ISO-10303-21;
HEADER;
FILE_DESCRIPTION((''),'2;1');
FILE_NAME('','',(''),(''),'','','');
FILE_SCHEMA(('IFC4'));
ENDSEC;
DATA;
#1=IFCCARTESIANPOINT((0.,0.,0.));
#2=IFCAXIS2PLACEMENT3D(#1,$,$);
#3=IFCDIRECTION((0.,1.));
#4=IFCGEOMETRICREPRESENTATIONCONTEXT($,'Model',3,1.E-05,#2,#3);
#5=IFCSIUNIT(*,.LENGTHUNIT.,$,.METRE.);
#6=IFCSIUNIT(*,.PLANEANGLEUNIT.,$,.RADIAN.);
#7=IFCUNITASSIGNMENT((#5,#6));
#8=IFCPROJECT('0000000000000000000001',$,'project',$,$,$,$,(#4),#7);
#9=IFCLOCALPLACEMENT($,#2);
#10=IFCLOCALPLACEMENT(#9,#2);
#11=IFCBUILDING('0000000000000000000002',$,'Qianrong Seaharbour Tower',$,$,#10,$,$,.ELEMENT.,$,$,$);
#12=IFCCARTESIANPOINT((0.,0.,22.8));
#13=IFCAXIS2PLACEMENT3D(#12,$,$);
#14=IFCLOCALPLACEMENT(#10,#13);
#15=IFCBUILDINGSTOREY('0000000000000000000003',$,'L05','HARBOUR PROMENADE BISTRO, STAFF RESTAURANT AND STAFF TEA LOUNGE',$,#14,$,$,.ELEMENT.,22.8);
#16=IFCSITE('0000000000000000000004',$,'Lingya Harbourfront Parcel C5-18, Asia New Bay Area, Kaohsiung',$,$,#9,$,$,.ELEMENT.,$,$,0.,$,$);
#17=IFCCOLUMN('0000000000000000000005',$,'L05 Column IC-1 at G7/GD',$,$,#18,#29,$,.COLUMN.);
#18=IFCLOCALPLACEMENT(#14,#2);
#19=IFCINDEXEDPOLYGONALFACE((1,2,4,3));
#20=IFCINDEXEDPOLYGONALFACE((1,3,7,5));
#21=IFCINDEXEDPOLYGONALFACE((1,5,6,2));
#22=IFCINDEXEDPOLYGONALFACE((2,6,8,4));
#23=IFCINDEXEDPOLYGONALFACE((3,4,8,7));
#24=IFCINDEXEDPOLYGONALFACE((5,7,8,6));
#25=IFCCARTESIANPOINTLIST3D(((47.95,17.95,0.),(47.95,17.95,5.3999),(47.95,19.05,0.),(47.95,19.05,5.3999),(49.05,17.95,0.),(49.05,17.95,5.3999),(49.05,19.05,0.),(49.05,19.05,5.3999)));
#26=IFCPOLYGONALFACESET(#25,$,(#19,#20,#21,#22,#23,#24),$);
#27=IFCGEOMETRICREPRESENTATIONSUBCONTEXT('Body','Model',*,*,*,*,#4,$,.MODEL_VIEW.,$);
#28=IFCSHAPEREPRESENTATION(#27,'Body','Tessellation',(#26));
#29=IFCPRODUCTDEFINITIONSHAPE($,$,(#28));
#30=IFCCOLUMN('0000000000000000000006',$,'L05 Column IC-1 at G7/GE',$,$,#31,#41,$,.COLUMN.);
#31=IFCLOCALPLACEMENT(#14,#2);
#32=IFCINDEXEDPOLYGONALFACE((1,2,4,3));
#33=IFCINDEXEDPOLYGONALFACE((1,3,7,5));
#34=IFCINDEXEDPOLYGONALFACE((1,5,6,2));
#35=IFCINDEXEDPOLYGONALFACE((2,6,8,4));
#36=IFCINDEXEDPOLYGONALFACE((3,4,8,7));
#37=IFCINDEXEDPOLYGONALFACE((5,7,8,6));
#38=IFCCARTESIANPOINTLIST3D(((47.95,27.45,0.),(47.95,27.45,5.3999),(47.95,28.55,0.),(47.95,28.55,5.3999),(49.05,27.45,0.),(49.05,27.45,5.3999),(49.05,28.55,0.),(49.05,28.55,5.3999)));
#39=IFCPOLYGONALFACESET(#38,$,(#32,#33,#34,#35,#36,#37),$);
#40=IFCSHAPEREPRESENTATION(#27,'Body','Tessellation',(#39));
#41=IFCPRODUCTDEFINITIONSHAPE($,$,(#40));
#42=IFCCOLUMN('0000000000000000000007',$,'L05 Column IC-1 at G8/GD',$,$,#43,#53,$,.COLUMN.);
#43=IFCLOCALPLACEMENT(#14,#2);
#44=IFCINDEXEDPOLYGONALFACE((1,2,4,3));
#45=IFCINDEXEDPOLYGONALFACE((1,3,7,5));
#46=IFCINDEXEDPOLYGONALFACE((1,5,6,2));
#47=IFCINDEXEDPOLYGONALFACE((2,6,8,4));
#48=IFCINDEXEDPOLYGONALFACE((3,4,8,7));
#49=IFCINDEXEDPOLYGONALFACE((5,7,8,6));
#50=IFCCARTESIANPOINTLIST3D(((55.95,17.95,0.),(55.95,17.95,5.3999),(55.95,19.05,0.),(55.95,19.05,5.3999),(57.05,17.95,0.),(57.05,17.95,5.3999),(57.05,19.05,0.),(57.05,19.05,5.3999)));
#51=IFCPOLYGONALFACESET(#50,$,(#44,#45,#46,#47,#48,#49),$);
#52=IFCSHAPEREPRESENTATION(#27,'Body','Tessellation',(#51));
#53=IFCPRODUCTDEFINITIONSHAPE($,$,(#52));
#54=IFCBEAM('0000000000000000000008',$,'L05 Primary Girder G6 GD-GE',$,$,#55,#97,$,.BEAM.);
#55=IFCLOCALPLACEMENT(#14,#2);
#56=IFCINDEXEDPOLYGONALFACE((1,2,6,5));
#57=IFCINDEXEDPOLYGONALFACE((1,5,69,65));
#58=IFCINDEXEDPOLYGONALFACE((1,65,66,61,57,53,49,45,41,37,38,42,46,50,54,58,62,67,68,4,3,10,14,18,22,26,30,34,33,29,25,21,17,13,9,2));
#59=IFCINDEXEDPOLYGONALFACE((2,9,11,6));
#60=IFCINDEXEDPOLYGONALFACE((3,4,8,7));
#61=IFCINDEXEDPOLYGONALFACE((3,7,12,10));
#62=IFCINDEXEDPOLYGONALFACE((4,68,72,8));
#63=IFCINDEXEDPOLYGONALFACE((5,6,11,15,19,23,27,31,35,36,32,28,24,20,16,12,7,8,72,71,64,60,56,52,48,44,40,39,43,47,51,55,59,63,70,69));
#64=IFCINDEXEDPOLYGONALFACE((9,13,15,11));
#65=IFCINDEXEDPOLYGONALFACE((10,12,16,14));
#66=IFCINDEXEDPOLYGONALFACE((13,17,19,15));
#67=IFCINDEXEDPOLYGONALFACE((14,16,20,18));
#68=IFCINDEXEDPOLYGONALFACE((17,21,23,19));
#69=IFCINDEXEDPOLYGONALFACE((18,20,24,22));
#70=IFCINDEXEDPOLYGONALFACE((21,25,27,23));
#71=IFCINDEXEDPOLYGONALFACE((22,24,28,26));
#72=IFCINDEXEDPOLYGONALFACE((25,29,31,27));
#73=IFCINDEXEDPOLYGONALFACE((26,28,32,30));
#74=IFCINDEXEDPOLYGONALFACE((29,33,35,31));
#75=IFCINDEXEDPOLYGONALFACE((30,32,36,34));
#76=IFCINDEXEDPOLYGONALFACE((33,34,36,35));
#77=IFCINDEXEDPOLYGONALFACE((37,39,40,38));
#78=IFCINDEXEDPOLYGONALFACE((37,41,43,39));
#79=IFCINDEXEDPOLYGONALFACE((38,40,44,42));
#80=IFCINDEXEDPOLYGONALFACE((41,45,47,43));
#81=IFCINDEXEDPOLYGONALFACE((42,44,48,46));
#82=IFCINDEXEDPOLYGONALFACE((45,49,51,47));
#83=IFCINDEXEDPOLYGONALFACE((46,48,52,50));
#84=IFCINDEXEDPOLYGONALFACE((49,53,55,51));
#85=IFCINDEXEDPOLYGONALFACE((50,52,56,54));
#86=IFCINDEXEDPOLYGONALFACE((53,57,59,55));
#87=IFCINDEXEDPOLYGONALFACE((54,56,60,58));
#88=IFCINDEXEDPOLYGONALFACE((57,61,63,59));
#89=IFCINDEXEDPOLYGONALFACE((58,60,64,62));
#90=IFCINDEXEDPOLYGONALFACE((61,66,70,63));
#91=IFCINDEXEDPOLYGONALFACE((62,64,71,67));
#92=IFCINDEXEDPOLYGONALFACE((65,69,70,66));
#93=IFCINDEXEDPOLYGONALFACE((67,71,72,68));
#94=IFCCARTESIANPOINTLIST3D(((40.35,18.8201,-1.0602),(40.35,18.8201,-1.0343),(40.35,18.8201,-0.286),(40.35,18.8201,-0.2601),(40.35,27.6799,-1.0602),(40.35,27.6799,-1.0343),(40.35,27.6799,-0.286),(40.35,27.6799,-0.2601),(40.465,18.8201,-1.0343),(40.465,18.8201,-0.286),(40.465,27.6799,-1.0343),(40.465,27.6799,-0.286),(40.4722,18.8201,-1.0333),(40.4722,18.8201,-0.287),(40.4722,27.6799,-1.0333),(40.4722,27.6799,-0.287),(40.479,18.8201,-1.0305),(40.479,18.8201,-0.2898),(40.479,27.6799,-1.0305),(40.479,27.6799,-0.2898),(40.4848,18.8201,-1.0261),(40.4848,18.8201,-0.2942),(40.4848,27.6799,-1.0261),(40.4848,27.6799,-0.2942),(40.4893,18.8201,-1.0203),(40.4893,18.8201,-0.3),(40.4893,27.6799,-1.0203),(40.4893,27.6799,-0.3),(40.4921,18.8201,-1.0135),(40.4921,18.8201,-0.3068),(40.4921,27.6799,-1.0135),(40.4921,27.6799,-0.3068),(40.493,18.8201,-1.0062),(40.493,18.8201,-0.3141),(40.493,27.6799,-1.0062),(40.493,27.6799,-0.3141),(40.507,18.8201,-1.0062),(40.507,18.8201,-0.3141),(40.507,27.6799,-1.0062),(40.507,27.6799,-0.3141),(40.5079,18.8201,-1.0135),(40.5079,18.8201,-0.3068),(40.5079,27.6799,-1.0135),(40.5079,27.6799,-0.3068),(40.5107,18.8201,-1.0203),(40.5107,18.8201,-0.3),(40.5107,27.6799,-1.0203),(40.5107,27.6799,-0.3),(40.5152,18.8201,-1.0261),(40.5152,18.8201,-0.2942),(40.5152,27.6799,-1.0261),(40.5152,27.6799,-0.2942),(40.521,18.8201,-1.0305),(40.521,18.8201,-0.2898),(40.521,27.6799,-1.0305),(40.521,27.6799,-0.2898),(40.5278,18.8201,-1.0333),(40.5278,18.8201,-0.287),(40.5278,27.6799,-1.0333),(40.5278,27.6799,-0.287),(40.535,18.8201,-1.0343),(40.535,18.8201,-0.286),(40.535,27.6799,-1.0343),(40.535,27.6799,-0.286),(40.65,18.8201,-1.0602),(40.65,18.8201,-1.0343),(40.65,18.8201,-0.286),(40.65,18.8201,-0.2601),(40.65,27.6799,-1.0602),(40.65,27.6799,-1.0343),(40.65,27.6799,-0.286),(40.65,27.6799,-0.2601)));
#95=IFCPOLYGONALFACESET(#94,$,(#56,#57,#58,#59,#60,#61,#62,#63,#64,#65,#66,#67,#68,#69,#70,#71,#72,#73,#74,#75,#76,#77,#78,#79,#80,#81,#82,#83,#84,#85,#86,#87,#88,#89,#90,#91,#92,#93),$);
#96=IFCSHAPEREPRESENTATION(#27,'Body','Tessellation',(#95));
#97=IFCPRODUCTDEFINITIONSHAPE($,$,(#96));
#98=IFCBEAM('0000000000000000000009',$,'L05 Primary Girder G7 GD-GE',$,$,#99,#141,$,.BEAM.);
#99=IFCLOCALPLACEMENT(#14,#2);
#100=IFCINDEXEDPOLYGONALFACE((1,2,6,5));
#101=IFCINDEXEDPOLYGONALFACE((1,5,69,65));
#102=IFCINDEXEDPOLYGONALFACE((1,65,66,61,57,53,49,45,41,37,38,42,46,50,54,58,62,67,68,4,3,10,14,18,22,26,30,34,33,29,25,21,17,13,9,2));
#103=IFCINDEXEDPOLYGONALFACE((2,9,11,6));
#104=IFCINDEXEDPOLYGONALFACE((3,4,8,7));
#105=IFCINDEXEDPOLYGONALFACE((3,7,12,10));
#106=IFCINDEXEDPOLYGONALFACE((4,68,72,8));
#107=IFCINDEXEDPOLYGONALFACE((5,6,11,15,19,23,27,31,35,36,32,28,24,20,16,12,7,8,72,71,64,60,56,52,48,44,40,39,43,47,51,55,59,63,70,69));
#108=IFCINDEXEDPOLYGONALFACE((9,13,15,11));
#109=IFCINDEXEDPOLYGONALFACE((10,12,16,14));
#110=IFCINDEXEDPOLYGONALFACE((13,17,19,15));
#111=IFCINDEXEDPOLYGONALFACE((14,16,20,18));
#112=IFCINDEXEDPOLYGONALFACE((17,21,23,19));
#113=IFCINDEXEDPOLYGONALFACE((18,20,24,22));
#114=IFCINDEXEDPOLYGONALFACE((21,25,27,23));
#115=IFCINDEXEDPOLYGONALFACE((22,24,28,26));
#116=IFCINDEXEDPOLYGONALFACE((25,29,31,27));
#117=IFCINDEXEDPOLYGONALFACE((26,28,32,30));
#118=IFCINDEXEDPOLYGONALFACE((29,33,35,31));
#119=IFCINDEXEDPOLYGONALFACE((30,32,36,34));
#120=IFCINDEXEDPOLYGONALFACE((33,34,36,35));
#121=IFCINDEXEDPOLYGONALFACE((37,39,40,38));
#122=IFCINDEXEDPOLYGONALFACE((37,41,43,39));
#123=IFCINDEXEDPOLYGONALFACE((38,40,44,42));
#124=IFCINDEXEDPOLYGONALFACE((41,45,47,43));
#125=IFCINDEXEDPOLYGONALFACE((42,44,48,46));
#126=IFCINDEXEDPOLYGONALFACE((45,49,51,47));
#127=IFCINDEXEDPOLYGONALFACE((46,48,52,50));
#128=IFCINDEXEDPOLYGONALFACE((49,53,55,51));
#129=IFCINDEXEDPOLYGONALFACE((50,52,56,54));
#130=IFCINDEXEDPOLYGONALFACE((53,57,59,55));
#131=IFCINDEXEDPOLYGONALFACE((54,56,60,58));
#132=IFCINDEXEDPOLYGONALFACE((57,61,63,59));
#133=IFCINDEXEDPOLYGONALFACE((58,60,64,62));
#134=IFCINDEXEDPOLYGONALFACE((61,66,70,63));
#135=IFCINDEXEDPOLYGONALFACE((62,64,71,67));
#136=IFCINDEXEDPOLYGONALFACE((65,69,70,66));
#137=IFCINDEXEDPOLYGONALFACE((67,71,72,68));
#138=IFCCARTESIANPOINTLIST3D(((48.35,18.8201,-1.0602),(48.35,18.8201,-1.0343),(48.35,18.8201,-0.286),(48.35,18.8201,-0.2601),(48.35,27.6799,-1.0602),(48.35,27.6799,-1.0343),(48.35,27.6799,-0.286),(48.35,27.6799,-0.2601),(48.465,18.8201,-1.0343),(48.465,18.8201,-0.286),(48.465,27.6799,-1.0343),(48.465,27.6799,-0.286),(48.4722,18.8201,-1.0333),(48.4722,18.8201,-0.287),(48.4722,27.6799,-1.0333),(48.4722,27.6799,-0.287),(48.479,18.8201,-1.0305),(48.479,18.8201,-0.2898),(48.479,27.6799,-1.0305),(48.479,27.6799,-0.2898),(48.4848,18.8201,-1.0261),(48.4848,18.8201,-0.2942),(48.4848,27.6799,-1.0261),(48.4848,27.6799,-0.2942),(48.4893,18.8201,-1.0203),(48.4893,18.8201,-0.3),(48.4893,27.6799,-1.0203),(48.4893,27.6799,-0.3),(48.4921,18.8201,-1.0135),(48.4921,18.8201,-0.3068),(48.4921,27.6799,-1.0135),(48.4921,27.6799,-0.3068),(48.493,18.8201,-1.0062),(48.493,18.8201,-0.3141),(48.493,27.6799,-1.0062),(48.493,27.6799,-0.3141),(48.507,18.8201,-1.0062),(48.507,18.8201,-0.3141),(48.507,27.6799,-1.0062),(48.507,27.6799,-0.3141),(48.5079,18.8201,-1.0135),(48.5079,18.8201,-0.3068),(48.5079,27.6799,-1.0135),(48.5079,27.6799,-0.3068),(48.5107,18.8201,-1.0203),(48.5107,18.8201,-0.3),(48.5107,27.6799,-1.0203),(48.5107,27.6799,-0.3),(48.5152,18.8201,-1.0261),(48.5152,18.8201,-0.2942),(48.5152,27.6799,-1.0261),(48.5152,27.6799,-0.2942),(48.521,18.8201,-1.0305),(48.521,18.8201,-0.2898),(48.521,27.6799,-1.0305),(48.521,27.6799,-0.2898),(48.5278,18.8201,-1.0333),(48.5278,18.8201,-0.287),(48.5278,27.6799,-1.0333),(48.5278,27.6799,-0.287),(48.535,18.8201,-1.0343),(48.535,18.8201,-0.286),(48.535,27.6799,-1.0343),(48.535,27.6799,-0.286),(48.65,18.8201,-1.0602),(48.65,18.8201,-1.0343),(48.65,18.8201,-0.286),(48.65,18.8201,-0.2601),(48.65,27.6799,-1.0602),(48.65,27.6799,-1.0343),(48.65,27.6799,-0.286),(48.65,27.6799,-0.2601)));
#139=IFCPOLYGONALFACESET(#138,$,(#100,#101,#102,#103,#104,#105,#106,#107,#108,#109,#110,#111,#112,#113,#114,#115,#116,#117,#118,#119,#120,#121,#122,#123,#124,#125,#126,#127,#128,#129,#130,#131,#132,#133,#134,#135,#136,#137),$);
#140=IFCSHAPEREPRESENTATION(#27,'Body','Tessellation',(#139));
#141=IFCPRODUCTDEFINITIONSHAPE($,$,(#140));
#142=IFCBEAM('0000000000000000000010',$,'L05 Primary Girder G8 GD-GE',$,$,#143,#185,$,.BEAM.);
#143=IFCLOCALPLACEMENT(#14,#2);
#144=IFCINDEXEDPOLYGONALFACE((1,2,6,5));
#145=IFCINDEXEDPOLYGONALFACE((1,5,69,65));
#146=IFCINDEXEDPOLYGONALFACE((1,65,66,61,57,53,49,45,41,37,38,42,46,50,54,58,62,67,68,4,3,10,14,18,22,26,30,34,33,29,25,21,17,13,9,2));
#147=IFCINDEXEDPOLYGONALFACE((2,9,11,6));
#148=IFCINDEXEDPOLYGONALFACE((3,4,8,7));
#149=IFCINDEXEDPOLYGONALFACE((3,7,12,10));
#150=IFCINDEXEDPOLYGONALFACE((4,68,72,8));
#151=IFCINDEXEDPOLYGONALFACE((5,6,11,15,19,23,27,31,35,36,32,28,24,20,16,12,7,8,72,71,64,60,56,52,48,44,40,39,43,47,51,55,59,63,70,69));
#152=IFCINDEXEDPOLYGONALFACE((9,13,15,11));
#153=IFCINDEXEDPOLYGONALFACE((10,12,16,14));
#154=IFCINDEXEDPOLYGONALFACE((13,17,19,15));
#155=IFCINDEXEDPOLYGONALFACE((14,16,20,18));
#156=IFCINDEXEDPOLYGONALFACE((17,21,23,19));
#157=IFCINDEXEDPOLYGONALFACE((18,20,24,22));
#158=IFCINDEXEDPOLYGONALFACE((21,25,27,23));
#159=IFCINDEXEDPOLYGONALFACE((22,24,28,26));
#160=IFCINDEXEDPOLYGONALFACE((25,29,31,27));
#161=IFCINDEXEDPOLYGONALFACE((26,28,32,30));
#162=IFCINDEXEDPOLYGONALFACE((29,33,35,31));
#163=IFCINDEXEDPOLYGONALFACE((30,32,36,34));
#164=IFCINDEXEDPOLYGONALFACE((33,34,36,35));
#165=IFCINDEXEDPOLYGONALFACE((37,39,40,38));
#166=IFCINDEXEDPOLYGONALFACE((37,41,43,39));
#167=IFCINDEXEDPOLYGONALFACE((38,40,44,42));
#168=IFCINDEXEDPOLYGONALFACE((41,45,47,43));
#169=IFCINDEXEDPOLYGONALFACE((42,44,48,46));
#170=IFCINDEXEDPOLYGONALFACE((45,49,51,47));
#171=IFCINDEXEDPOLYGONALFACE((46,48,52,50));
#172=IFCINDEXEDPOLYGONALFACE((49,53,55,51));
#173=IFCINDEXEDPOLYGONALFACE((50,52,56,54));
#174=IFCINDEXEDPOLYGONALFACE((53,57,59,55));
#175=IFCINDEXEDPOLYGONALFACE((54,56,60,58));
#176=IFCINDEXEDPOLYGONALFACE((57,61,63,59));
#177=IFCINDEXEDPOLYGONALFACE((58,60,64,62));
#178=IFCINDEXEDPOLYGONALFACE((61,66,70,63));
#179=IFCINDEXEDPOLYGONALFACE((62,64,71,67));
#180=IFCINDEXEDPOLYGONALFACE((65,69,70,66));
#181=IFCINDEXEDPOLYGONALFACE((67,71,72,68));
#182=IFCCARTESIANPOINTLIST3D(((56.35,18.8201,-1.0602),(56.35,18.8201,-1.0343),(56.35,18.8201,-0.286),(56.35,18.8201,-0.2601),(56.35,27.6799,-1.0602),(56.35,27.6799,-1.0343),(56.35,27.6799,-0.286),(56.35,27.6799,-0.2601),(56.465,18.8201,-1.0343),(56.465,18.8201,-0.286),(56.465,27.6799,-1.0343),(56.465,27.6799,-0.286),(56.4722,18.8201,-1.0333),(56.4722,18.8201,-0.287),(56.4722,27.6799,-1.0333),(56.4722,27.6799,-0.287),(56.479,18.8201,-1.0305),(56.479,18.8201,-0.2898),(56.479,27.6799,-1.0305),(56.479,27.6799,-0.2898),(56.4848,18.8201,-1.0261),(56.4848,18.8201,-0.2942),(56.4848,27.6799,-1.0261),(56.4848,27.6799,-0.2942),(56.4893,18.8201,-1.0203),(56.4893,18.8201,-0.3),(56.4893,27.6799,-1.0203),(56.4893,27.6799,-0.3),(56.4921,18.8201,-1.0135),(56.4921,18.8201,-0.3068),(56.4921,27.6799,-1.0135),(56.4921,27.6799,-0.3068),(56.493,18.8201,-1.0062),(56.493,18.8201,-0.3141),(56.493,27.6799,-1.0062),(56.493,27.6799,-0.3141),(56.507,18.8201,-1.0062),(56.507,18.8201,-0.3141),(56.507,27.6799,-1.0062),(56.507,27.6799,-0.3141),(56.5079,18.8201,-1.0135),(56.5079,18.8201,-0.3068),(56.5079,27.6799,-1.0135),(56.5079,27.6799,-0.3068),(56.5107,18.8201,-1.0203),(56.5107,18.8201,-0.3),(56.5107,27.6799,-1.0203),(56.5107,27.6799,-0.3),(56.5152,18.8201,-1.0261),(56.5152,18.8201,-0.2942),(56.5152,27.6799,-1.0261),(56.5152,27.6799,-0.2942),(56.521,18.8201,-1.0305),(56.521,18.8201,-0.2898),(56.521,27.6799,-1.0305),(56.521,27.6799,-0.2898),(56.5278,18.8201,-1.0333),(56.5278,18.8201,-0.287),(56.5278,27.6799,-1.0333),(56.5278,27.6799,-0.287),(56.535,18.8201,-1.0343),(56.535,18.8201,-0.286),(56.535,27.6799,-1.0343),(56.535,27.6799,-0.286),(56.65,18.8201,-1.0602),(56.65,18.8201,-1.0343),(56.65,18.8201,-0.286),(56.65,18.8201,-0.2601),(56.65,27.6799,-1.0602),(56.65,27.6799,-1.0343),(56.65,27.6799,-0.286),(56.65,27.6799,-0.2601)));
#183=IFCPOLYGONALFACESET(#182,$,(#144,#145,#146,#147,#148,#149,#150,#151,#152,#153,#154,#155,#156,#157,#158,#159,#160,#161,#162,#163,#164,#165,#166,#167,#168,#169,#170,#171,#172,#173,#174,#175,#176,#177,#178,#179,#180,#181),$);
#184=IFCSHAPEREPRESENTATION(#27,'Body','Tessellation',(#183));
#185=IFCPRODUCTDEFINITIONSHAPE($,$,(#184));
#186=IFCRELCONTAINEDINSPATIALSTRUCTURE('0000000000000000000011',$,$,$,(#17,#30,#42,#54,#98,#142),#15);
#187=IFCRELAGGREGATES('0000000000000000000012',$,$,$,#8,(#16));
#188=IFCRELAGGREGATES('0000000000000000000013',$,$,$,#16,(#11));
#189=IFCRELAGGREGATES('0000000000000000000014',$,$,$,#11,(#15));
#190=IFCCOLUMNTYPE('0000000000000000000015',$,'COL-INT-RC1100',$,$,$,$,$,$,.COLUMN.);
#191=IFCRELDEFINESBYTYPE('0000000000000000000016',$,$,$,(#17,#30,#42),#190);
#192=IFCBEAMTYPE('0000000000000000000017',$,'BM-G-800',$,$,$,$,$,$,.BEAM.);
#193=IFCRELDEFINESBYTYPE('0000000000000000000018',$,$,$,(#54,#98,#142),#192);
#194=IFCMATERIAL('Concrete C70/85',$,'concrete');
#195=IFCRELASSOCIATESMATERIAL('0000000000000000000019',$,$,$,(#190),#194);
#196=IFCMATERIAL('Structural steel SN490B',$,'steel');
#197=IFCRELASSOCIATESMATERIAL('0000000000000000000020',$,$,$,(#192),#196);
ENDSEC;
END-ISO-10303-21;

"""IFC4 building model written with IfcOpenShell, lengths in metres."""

from ifc_helpers import new_model, si_unit, direction, frame, origin, origin_2d, place, context, subcontext, project, spatial, rectangle, i_section, extrude, material, material_profile, profile_set, type_object, element, save


model = new_model("IFC4")

# Units and contexts
model_context = context("Model", 3, precision=1e-05, world=origin(), true_north=direction((0.0, 1.0)))
body_context = subcontext(model_context, "Body", "Model", "MODEL_VIEW")
ifc_project = project(units=[si_unit("LENGTHUNIT", "METRE"), si_unit("PLANEANGLEUNIT", "RADIAN")], contexts=[model_context])

# Site, building, storey
site_placement = place(None, origin())
site = spatial("IfcSite", under=ifc_project, at=site_placement, Name="Lingya Harbourfront Parcel C5-18, Asia New Bay Area, Kaohsiung", CompositionType="ELEMENT", RefElevation=0.0)
building_placement = place(site_placement, origin())
building = spatial("IfcBuilding", under=site, at=building_placement, Name="Qianrong Seaharbour Tower", CompositionType="ELEMENT")
storey_placement = place(building_placement, frame((0.0, 0.0, 22.8)))
storey = spatial("IfcBuildingStorey", under=building, at=storey_placement, Name="L05", Description="HARBOUR PROMENADE BISTRO, STAFF RESTAURANT AND STAFF TEA LOUNGE", CompositionType="ELEMENT", Elevation=22.8)

# Columns
ifc_material_1 = material(Name="Concrete C70/85", Category="concrete")
ifc_material_profile_1 = material_profile(ifc_material_1, rectangle(XDim=1.1001, YDim=1.1001, at=origin_2d()), Name="RC1100x1100")
ifc_profile_set_1 = profile_set([ifc_material_profile_1], Name="Concrete C70/85")
column_type = type_object("IfcColumnType", Name="COL-INT-RC1100", PredefinedType="COLUMN", material=ifc_profile_set_1)
for number, where, z_axis, x_axis, name in (
    (1, (48.5, 18.5, 0.0), (0.0, 0.0, 1.0), (1.0, 0.0, 0.0), "L05 Column IC-1 at G7/GD"),
    (2, (48.5, 28.0, 0.0), (0.0, 0.0, 1.0), (1.0, 0.0, 0.0), "L05 Column IC-1 at G7/GE"),
    (3, (56.5, 18.5, 0.0), (0.0, 0.0, 1.0), (1.0, 0.0, 0.0), "L05 Column IC-1 at G8/GD"),
):
    element("IfcColumn", number, at=place(storey_placement, frame(where, z_axis=z_axis, x_axis=x_axis)), inside=storey, type_object=column_type, Name=name, PredefinedType="COLUMN", context=body_context, shape_type="SweptSolid", body=[
        extrude(rectangle(XDim=1.1001, YDim=1.1001, at=origin_2d()), origin(), (0.0, 0.0, 1.0), 5.3999),
    ])

# Beams
ifc_material_2 = material(Name="Structural steel SN490B", Category="steel")
ifc_material_profile_2 = material_profile(ifc_material_2, i_section(OverallWidth=0.3, OverallDepth=0.8, WebThickness=0.0139, FlangeThickness=0.0259, FilletRadius=0.0281, at=origin_2d()), Name="H800x300x14x26")
ifc_profile_set_2 = profile_set([ifc_material_profile_2], Name="Structural steel SN490B")
beam_type_1 = type_object("IfcBeamType", Name="BM-G-800", PredefinedType="BEAM", material=ifc_profile_set_2)
for number, where, z_axis, x_axis, name in (
    (4, (40.5, 18.8201, -0.6602), (0.0, 1.0, 0.0), (-1.0, 0.0, 0.0), "L05 Primary Girder G6 GD-GE"),
    (5, (48.5, 18.8201, -0.6602), (0.0, 1.0, 0.0), (-1.0, 0.0, 0.0), "L05 Primary Girder G7 GD-GE"),
    (6, (56.5, 18.8201, -0.6602), (0.0, 1.0, 0.0), (-1.0, 0.0, 0.0), "L05 Primary Girder G8 GD-GE"),
):
    element("IfcBeam", number, at=place(storey_placement, frame(where, z_axis=z_axis, x_axis=x_axis)), inside=storey, type_object=beam_type_1, Name=name, PredefinedType="BEAM", context=body_context, shape_type="SweptSolid", body=[
        extrude(i_section(OverallWidth=0.3, OverallDepth=0.8, WebThickness=0.0139, FlangeThickness=0.0259, FilletRadius=0.0281, at=origin_2d()), origin(), (0.0, 0.0, 1.0), 8.8599),
    ])

save(model, "model.ifc")
